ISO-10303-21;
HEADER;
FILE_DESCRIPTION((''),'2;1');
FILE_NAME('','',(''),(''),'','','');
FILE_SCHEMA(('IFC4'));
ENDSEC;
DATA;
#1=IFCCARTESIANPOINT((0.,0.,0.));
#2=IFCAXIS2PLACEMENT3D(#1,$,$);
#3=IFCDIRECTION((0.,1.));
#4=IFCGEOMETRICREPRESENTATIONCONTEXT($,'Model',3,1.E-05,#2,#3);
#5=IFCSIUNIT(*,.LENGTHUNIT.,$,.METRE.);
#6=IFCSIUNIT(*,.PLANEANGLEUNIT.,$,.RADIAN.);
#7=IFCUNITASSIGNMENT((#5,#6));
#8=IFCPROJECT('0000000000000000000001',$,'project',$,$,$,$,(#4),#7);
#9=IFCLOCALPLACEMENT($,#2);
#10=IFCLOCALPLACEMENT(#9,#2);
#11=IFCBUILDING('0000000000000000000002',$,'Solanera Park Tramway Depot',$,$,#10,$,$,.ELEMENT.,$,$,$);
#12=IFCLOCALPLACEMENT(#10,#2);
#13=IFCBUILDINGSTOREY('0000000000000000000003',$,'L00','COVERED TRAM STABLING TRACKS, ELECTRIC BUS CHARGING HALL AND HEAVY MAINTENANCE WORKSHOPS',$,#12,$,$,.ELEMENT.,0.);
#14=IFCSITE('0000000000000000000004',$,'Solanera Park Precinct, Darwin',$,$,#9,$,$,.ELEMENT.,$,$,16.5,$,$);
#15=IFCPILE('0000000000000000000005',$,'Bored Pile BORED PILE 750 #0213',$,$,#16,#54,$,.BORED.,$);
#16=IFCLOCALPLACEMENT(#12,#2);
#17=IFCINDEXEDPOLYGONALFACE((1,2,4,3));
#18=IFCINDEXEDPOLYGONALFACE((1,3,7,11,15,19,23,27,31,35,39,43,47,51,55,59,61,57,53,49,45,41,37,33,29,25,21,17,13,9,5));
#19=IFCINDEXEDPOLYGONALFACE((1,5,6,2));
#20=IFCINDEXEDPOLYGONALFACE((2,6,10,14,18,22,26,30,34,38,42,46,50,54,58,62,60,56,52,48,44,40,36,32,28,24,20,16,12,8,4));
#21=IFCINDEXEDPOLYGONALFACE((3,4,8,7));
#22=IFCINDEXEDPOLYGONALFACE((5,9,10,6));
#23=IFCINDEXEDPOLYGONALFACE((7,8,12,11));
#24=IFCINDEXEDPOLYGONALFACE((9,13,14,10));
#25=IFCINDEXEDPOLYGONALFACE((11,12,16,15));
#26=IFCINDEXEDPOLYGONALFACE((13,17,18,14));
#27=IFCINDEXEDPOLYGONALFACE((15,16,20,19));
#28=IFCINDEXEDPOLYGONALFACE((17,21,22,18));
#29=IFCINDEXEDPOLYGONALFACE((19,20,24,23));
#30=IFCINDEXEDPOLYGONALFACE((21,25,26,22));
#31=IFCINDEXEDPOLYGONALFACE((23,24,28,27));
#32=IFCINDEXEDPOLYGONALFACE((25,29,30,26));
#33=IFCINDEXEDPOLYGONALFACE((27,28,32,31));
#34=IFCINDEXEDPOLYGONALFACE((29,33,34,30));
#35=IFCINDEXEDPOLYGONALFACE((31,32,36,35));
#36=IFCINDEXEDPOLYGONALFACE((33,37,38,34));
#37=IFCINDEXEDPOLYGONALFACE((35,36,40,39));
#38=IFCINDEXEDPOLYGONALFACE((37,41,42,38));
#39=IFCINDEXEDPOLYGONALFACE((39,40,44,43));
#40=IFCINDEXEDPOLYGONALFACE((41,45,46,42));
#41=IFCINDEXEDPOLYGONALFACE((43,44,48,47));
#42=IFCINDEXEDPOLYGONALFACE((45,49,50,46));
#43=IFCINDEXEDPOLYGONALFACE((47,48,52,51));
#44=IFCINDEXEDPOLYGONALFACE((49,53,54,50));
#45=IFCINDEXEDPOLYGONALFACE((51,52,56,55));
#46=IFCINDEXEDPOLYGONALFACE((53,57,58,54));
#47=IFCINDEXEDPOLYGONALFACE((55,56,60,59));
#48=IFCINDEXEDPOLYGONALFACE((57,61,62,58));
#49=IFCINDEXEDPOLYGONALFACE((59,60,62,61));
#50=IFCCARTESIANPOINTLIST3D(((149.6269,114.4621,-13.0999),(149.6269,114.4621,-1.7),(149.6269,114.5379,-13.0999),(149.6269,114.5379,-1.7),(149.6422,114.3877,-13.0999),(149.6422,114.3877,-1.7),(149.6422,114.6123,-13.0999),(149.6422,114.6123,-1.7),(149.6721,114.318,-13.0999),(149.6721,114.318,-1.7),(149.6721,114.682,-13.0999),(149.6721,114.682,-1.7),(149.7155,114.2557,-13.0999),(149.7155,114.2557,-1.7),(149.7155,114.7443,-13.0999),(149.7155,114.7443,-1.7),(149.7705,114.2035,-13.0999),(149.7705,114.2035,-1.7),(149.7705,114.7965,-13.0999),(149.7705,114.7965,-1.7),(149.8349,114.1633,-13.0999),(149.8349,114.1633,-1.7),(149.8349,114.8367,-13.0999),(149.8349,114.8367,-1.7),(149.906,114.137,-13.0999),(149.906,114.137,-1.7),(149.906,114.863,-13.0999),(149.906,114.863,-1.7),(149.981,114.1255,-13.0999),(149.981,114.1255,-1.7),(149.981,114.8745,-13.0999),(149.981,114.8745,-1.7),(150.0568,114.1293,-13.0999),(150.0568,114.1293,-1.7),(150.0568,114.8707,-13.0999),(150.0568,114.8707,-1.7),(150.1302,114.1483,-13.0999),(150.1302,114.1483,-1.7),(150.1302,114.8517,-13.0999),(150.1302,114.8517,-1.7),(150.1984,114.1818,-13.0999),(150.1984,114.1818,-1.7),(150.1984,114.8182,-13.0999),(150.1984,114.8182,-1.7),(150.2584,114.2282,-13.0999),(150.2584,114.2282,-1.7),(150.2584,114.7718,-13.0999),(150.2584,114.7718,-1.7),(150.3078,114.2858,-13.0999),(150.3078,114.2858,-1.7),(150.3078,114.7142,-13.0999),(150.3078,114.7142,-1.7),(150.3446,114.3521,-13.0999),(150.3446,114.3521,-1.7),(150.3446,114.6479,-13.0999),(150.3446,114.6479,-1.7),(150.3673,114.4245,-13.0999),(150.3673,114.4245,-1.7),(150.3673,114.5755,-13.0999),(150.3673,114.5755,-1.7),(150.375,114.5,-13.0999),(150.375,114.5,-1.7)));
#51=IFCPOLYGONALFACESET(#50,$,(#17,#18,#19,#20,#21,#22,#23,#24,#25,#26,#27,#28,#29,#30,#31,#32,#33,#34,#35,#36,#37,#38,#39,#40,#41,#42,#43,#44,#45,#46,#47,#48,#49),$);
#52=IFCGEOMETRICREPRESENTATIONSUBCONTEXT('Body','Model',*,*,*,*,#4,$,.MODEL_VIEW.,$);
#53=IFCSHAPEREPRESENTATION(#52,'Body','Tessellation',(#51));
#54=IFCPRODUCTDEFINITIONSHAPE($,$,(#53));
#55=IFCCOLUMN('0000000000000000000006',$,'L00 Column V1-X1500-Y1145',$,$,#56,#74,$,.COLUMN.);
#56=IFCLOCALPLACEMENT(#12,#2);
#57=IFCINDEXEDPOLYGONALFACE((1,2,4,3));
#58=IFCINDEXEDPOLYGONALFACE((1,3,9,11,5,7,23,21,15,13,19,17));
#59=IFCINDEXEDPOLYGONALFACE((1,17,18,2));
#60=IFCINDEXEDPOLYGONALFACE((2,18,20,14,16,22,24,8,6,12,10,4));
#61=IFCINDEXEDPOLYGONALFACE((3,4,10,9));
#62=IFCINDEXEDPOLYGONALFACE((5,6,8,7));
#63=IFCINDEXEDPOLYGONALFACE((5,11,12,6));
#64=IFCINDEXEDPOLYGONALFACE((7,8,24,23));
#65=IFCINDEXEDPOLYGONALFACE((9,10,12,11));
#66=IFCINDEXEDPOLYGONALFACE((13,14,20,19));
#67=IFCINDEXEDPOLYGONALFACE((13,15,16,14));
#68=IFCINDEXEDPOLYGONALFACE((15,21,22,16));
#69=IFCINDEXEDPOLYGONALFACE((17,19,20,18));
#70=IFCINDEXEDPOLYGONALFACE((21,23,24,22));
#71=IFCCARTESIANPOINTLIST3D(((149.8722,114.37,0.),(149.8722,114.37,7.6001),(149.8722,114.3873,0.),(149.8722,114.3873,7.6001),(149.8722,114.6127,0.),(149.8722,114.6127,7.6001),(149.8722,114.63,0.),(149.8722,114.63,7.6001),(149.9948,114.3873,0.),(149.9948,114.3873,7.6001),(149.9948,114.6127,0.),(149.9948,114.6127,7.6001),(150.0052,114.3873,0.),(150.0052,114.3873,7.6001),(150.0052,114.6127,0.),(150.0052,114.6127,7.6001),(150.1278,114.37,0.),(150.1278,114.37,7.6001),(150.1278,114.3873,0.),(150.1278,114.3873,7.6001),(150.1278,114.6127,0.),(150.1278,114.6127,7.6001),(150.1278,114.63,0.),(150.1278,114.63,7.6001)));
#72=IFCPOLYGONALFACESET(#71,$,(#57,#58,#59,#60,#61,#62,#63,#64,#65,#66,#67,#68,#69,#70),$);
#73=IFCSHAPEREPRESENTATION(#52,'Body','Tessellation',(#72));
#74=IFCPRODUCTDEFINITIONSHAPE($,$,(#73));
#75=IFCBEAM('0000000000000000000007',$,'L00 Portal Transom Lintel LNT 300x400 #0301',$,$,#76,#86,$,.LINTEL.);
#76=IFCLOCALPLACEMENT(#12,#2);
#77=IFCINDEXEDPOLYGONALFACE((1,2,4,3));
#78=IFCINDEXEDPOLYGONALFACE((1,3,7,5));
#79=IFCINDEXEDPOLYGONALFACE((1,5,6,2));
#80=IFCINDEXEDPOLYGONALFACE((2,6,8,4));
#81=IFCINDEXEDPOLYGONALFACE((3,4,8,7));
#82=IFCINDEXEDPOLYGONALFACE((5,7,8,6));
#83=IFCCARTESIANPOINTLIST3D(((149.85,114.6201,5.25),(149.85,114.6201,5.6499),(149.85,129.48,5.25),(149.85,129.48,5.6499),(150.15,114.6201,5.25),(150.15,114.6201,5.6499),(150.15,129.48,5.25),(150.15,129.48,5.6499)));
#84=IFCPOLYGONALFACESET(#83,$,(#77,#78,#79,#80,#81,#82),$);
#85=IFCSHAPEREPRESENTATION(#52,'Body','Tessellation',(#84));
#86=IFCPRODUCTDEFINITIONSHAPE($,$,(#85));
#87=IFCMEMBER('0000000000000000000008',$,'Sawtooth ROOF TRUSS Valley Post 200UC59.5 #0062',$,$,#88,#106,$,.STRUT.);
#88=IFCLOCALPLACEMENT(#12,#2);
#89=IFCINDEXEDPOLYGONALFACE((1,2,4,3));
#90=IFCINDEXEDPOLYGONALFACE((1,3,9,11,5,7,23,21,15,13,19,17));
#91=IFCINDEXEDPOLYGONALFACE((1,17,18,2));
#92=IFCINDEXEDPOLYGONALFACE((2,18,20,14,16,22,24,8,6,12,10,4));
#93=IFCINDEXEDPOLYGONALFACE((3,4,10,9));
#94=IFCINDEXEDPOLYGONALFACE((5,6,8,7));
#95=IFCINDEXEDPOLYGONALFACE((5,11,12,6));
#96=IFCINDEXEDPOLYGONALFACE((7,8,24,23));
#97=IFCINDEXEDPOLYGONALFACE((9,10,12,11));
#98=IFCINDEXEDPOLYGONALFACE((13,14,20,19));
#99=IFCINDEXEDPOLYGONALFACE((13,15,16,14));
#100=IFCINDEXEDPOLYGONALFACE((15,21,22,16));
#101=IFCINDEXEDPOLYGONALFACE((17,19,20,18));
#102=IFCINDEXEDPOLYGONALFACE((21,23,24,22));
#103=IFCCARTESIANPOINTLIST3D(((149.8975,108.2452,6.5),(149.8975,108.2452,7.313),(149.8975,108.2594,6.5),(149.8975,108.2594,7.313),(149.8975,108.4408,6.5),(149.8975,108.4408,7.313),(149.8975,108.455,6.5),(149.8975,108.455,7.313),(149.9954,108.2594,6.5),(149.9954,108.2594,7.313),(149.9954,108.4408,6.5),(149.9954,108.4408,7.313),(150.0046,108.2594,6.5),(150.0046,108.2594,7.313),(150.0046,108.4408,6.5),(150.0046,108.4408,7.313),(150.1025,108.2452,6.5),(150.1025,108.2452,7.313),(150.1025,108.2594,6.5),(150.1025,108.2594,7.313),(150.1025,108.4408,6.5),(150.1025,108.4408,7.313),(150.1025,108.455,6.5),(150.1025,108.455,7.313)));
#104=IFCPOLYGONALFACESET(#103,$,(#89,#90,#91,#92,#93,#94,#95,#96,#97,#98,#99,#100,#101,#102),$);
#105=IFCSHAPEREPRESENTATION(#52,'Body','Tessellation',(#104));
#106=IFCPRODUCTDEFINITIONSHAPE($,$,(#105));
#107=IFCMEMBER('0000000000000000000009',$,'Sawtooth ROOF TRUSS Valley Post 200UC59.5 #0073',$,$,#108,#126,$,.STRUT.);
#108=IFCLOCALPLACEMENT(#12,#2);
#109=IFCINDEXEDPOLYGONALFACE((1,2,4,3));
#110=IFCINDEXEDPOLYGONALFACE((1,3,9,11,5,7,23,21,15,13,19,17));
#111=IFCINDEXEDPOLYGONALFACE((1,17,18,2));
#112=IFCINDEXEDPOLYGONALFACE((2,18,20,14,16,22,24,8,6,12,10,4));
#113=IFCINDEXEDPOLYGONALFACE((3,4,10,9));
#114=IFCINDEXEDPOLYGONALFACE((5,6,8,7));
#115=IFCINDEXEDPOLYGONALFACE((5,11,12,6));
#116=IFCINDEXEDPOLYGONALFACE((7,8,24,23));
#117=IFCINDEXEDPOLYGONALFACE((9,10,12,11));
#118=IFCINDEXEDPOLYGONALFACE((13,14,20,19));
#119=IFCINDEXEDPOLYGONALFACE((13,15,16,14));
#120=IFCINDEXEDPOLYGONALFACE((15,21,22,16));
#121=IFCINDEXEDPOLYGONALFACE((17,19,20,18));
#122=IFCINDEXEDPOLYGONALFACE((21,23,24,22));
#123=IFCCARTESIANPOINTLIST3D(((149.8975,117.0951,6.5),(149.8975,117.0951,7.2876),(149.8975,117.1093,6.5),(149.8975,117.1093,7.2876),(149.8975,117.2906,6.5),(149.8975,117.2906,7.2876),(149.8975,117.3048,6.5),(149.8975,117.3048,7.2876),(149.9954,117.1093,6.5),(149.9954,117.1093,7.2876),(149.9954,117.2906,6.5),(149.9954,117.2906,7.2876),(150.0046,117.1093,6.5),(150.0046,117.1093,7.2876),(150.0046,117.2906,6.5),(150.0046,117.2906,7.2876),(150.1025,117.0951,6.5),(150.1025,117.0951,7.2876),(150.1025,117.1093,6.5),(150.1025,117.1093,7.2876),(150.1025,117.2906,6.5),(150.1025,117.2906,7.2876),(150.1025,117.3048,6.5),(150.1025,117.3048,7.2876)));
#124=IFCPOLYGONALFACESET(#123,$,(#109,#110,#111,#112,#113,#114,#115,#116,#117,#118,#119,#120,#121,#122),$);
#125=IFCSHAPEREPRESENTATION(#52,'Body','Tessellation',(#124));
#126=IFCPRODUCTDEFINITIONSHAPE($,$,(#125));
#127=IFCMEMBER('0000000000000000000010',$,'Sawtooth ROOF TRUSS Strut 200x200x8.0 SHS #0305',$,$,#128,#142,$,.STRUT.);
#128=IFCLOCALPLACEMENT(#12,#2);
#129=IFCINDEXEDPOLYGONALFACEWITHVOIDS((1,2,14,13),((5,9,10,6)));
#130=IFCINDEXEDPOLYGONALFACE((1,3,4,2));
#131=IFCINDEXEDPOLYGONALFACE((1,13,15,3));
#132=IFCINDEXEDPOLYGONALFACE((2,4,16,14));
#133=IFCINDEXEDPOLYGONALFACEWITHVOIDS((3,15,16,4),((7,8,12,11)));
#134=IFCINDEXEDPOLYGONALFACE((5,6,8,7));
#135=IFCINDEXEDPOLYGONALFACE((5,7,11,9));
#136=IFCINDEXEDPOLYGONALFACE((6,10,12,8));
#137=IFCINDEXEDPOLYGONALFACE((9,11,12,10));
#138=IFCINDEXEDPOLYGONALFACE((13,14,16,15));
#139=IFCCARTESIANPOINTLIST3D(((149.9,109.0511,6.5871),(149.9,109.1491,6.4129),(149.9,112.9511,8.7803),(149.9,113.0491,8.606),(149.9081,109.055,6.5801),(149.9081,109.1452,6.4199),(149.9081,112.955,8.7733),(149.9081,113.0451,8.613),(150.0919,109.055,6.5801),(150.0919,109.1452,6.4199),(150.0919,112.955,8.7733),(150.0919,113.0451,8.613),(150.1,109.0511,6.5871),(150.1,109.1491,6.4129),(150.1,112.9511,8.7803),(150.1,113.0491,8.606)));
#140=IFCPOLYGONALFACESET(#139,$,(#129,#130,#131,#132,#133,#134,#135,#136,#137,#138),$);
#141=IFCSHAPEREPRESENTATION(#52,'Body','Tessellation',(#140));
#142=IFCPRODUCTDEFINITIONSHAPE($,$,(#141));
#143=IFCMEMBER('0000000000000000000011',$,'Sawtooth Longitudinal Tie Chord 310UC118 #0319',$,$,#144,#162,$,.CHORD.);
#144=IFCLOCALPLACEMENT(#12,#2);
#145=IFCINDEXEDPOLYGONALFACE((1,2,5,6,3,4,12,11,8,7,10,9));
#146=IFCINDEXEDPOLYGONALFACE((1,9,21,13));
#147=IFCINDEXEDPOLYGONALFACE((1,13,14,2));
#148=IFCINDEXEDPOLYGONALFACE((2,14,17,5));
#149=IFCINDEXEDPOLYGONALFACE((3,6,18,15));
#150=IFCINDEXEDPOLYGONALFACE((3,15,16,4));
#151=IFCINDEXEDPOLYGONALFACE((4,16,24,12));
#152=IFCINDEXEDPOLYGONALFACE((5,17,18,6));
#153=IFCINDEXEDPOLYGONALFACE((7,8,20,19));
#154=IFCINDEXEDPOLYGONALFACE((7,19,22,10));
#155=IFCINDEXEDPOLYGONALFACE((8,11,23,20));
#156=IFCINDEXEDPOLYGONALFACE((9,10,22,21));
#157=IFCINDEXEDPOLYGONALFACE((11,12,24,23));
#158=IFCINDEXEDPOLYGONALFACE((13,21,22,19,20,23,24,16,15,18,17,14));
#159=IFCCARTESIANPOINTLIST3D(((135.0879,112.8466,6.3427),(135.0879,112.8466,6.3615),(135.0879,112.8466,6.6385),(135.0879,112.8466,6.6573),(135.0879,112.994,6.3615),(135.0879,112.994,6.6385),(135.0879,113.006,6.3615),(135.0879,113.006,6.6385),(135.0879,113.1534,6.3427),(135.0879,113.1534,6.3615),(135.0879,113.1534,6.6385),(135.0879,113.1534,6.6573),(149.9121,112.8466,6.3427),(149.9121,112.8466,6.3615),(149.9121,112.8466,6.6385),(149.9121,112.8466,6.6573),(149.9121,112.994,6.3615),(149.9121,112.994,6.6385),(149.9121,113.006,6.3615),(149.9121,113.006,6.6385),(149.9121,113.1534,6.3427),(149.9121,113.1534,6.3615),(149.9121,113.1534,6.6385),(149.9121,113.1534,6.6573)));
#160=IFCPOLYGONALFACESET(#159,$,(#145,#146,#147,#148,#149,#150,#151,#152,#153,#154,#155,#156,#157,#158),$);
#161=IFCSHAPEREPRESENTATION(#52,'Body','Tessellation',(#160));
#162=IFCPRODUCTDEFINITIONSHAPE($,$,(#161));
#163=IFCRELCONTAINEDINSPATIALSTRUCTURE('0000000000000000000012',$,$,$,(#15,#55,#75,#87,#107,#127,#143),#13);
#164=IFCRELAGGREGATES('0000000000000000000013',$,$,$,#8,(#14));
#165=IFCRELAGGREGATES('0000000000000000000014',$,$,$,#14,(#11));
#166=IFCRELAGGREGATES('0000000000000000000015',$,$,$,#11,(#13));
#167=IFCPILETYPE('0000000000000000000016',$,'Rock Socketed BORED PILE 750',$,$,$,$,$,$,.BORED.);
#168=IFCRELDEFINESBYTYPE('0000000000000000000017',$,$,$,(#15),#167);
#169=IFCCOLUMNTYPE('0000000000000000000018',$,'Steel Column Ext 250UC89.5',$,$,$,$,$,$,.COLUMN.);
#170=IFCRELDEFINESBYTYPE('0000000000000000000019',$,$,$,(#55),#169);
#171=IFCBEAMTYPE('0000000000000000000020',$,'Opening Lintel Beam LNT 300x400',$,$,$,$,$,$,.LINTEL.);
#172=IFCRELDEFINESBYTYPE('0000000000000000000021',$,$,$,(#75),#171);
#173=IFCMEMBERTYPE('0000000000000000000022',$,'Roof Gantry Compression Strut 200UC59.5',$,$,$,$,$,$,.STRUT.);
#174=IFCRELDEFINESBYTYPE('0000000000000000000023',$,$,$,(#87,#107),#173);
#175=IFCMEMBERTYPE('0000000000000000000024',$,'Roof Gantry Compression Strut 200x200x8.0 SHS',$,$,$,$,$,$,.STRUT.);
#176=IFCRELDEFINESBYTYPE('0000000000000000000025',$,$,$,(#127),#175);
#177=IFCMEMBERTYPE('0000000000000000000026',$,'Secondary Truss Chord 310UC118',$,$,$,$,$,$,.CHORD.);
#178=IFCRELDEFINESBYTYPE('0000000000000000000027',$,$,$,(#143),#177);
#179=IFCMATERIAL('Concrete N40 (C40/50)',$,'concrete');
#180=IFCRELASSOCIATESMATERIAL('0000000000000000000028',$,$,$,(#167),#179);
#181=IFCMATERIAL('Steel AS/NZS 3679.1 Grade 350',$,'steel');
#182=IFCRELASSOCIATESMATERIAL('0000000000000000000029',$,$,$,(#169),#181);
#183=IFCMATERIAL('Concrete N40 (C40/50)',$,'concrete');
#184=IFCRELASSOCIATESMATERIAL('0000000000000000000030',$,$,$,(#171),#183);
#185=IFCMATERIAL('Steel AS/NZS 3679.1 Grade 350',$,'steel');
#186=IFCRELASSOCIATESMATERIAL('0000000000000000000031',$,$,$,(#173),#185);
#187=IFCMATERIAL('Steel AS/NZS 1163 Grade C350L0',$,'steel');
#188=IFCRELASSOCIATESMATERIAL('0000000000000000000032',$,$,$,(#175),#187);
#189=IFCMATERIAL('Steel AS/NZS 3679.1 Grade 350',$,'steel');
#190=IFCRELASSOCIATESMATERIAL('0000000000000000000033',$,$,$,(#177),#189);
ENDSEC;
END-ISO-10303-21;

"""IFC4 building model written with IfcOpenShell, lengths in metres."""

from ifc_helpers import new_model, si_unit, direction, frame, origin, origin_2d, place, context, subcontext, project, spatial, rectangle, hollow_rectangle, circle, i_section, extrude, material, material_profile, profile_set, type_object, element, save


model = new_model("IFC4")

# Units and contexts
model_context = context("Model", 3, precision=1e-05, world=origin(), true_north=direction((0.0, 1.0)))
body_context = subcontext(model_context, "Body", "Model", "MODEL_VIEW")
ifc_project = project(units=[si_unit("LENGTHUNIT", "METRE"), si_unit("PLANEANGLEUNIT", "RADIAN")], contexts=[model_context])

# Site, building, storey
site_placement = place(None, origin())
site = spatial("IfcSite", under=ifc_project, at=site_placement, Name="Solanera Park Precinct, Darwin", CompositionType="ELEMENT", RefElevation=16.5)
building_placement = place(site_placement, origin())
building = spatial("IfcBuilding", under=site, at=building_placement, Name="Solanera Park Tramway Depot", CompositionType="ELEMENT")
storey_placement = place(building_placement, origin())
storey = spatial("IfcBuildingStorey", under=building, at=storey_placement, Name="L00", Description="COVERED TRAM STABLING TRACKS, ELECTRIC BUS CHARGING HALL AND HEAVY MAINTENANCE WORKSHOPS", CompositionType="ELEMENT", Elevation=0.0)

# Pile
ifc_material_1 = material(Name="Concrete N40 (C40/50)", Category="concrete")
ifc_material_profile_1 = material_profile(ifc_material_1, circle(Radius=0.375, at=origin_2d()), Name="BORED PILE 750")
ifc_profile_set_1 = profile_set([ifc_material_profile_1], Name="Concrete N40 (C40/50)")
pile_type = type_object("IfcPileType", Name="Rock Socketed BORED PILE 750", PredefinedType="BORED", material=ifc_profile_set_1)
pile_placement = place(storey_placement, frame((150.0, 114.5, -1.7), z_axis=(0.0, 0.0, -1.0), x_axis=(1.0, 0.0, 0.0)))
element("IfcPile", 1, at=pile_placement, inside=storey, type_object=pile_type, Name="Bored Pile BORED PILE 750 #0213", PredefinedType="BORED", context=body_context, shape_type="SweptSolid", body=[
    extrude(circle(Radius=0.375, at=origin_2d()), origin(), (0.0, 0.0, 1.0), 11.3999),
])

# Column
ifc_material_2 = material(Name="Steel AS/NZS 3679.1 Grade 350", Category="steel")
ifc_material_profile_2 = material_profile(ifc_material_2, i_section(OverallWidth=0.2556, OverallDepth=0.26, WebThickness=0.0105, FlangeThickness=0.0173, at=origin_2d()), Name="250UC89.5")
ifc_profile_set_2 = profile_set([ifc_material_profile_2], Name="Steel AS/NZS 3679.1 Grade 350")
column_type = type_object("IfcColumnType", Name="Steel Column Ext 250UC89.5", PredefinedType="COLUMN", material=ifc_profile_set_2)
column_placement = place(storey_placement, frame((150.0, 114.5, 0.0), z_axis=(0.0, 0.0, 1.0), x_axis=(1.0, 0.0, 0.0)))
element("IfcColumn", 2, at=column_placement, inside=storey, type_object=column_type, Name="L00 Column V1-X1500-Y1145", PredefinedType="COLUMN", context=body_context, shape_type="SweptSolid", body=[
    extrude(i_section(OverallWidth=0.2556, OverallDepth=0.26, WebThickness=0.0105, FlangeThickness=0.0173, at=origin_2d()), origin(), (0.0, 0.0, 1.0), 7.6001),
])

# Beam
ifc_material_3 = material(Name="Concrete N40 (C40/50)", Category="concrete")
ifc_material_profile_3 = material_profile(ifc_material_3, rectangle(XDim=0.3, YDim=0.3999, at=origin_2d()), Name="LNT 300x400")
ifc_profile_set_3 = profile_set([ifc_material_profile_3], Name="Concrete N40 (C40/50)")
beam_type_1 = type_object("IfcBeamType", Name="Opening Lintel Beam LNT 300x400", PredefinedType="LINTEL", material=ifc_profile_set_3)
beam_1_placement = place(storey_placement, frame((150.0, 114.6201, 5.45), z_axis=(0.0, 1.0, 0.0), x_axis=(-1.0, 0.0, 0.0)))
element("IfcBeam", 3, at=beam_1_placement, inside=storey, type_object=beam_type_1, Name="L00 Portal Transom Lintel LNT 300x400 #0301", PredefinedType="LINTEL", context=body_context, shape_type="SweptSolid", body=[
    extrude(rectangle(XDim=0.3, YDim=0.3999, at=origin_2d()), origin(), (0.0, 0.0, 1.0), 14.8599),
])

# Members
ifc_material_4 = material(Name="Steel AS/NZS 3679.1 Grade 350", Category="steel")
ifc_material_profile_4 = material_profile(ifc_material_4, i_section(OverallWidth=0.2051, OverallDepth=0.2097, WebThickness=0.0093, FlangeThickness=0.0142, at=origin_2d()), Name="200UC59.5")
ifc_profile_set_4 = profile_set([ifc_material_profile_4], Name="Steel AS/NZS 3679.1 Grade 350")
member_type_1 = type_object("IfcMemberType", Name="Roof Gantry Compression Strut 200UC59.5", PredefinedType="STRUT", material=ifc_profile_set_4)
member_1_placement = place(storey_placement, frame((150.0, 108.3501, 6.5), z_axis=(0.0, 0.0, 1.0), x_axis=(1.0, 0.0, 0.0)))
element("IfcMember", 4, at=member_1_placement, inside=storey, type_object=member_type_1, Name="Sawtooth ROOF TRUSS Valley Post 200UC59.5 #0062", PredefinedType="STRUT", context=body_context, shape_type="SweptSolid", body=[
    extrude(i_section(OverallWidth=0.2051, OverallDepth=0.2097, WebThickness=0.0093, FlangeThickness=0.0142, at=origin_2d()), origin(), (0.0, 0.0, 1.0), 0.813),
])
member_2_placement = place(storey_placement, frame((150.0, 117.2, 6.5), z_axis=(0.0, 0.0, 1.0), x_axis=(1.0, 0.0, 0.0)))
element("IfcMember", 5, at=member_2_placement, inside=storey, type_object=member_type_1, Name="Sawtooth ROOF TRUSS Valley Post 200UC59.5 #0073", PredefinedType="STRUT", context=body_context, shape_type="SweptSolid", body=[
    extrude(i_section(OverallWidth=0.2051, OverallDepth=0.2097, WebThickness=0.0093, FlangeThickness=0.0142, at=origin_2d()), origin(), (0.0, 0.0, 1.0), 0.7876),
])
ifc_material_5 = material(Name="Steel AS/NZS 1163 Grade C350L0", Category="steel")
ifc_material_profile_5 = material_profile(ifc_material_5, hollow_rectangle(XDim=0.2, YDim=0.2, WallThickness=0.0081, at=origin_2d()), Name="200x200x8.0 SHS")
ifc_profile_set_5 = profile_set([ifc_material_profile_5], Name="Steel AS/NZS 1163 Grade C350L0")
member_type_2 = type_object("IfcMemberType", Name="Roof Gantry Compression Strut 200x200x8.0 SHS", PredefinedType="STRUT", material=ifc_profile_set_5)
member_3_placement = place(storey_placement, frame((150.0, 109.1001, 6.5), z_axis=(0.0, 0.871631, 0.490163), x_axis=(-1.0, 0.0, 0.0)))
element("IfcMember", 6, at=member_3_placement, inside=storey, type_object=member_type_2, Name="Sawtooth ROOF TRUSS Strut 200x200x8.0 SHS #0305", PredefinedType="STRUT", context=body_context, shape_type="SweptSolid", body=[
    extrude(hollow_rectangle(XDim=0.2, YDim=0.2, WallThickness=0.0081, at=origin_2d()), origin(), (0.0, 0.0, 1.0), 4.4744),
])
ifc_material_6 = material(Name="Steel AS/NZS 3679.1 Grade 350", Category="steel")
ifc_material_profile_6 = material_profile(ifc_material_6, i_section(OverallWidth=0.3069, OverallDepth=0.3147, WebThickness=0.012, FlangeThickness=0.0188, at=origin_2d()), Name="310UC118")
ifc_profile_set_6 = profile_set([ifc_material_profile_6], Name="Steel AS/NZS 3679.1 Grade 350")
member_type_3 = type_object("IfcMemberType", Name="Secondary Truss Chord 310UC118", PredefinedType="CHORD", material=ifc_profile_set_6)
member_4_placement = place(storey_placement, frame((135.0879, 113.0, 6.5), z_axis=(1.0, 0.0, 0.0), x_axis=(0.0, 1.0, 0.0)))
element("IfcMember", 7, at=member_4_placement, inside=storey, type_object=member_type_3, Name="Sawtooth Longitudinal Tie Chord 310UC118 #0319", PredefinedType="CHORD", context=body_context, shape_type="SweptSolid", body=[
    extrude(i_section(OverallWidth=0.3069, OverallDepth=0.3147, WebThickness=0.012, FlangeThickness=0.0188, at=origin_2d()), origin(), (0.0, 0.0, 1.0), 14.8242),
])

save(model, "model.ifc")
